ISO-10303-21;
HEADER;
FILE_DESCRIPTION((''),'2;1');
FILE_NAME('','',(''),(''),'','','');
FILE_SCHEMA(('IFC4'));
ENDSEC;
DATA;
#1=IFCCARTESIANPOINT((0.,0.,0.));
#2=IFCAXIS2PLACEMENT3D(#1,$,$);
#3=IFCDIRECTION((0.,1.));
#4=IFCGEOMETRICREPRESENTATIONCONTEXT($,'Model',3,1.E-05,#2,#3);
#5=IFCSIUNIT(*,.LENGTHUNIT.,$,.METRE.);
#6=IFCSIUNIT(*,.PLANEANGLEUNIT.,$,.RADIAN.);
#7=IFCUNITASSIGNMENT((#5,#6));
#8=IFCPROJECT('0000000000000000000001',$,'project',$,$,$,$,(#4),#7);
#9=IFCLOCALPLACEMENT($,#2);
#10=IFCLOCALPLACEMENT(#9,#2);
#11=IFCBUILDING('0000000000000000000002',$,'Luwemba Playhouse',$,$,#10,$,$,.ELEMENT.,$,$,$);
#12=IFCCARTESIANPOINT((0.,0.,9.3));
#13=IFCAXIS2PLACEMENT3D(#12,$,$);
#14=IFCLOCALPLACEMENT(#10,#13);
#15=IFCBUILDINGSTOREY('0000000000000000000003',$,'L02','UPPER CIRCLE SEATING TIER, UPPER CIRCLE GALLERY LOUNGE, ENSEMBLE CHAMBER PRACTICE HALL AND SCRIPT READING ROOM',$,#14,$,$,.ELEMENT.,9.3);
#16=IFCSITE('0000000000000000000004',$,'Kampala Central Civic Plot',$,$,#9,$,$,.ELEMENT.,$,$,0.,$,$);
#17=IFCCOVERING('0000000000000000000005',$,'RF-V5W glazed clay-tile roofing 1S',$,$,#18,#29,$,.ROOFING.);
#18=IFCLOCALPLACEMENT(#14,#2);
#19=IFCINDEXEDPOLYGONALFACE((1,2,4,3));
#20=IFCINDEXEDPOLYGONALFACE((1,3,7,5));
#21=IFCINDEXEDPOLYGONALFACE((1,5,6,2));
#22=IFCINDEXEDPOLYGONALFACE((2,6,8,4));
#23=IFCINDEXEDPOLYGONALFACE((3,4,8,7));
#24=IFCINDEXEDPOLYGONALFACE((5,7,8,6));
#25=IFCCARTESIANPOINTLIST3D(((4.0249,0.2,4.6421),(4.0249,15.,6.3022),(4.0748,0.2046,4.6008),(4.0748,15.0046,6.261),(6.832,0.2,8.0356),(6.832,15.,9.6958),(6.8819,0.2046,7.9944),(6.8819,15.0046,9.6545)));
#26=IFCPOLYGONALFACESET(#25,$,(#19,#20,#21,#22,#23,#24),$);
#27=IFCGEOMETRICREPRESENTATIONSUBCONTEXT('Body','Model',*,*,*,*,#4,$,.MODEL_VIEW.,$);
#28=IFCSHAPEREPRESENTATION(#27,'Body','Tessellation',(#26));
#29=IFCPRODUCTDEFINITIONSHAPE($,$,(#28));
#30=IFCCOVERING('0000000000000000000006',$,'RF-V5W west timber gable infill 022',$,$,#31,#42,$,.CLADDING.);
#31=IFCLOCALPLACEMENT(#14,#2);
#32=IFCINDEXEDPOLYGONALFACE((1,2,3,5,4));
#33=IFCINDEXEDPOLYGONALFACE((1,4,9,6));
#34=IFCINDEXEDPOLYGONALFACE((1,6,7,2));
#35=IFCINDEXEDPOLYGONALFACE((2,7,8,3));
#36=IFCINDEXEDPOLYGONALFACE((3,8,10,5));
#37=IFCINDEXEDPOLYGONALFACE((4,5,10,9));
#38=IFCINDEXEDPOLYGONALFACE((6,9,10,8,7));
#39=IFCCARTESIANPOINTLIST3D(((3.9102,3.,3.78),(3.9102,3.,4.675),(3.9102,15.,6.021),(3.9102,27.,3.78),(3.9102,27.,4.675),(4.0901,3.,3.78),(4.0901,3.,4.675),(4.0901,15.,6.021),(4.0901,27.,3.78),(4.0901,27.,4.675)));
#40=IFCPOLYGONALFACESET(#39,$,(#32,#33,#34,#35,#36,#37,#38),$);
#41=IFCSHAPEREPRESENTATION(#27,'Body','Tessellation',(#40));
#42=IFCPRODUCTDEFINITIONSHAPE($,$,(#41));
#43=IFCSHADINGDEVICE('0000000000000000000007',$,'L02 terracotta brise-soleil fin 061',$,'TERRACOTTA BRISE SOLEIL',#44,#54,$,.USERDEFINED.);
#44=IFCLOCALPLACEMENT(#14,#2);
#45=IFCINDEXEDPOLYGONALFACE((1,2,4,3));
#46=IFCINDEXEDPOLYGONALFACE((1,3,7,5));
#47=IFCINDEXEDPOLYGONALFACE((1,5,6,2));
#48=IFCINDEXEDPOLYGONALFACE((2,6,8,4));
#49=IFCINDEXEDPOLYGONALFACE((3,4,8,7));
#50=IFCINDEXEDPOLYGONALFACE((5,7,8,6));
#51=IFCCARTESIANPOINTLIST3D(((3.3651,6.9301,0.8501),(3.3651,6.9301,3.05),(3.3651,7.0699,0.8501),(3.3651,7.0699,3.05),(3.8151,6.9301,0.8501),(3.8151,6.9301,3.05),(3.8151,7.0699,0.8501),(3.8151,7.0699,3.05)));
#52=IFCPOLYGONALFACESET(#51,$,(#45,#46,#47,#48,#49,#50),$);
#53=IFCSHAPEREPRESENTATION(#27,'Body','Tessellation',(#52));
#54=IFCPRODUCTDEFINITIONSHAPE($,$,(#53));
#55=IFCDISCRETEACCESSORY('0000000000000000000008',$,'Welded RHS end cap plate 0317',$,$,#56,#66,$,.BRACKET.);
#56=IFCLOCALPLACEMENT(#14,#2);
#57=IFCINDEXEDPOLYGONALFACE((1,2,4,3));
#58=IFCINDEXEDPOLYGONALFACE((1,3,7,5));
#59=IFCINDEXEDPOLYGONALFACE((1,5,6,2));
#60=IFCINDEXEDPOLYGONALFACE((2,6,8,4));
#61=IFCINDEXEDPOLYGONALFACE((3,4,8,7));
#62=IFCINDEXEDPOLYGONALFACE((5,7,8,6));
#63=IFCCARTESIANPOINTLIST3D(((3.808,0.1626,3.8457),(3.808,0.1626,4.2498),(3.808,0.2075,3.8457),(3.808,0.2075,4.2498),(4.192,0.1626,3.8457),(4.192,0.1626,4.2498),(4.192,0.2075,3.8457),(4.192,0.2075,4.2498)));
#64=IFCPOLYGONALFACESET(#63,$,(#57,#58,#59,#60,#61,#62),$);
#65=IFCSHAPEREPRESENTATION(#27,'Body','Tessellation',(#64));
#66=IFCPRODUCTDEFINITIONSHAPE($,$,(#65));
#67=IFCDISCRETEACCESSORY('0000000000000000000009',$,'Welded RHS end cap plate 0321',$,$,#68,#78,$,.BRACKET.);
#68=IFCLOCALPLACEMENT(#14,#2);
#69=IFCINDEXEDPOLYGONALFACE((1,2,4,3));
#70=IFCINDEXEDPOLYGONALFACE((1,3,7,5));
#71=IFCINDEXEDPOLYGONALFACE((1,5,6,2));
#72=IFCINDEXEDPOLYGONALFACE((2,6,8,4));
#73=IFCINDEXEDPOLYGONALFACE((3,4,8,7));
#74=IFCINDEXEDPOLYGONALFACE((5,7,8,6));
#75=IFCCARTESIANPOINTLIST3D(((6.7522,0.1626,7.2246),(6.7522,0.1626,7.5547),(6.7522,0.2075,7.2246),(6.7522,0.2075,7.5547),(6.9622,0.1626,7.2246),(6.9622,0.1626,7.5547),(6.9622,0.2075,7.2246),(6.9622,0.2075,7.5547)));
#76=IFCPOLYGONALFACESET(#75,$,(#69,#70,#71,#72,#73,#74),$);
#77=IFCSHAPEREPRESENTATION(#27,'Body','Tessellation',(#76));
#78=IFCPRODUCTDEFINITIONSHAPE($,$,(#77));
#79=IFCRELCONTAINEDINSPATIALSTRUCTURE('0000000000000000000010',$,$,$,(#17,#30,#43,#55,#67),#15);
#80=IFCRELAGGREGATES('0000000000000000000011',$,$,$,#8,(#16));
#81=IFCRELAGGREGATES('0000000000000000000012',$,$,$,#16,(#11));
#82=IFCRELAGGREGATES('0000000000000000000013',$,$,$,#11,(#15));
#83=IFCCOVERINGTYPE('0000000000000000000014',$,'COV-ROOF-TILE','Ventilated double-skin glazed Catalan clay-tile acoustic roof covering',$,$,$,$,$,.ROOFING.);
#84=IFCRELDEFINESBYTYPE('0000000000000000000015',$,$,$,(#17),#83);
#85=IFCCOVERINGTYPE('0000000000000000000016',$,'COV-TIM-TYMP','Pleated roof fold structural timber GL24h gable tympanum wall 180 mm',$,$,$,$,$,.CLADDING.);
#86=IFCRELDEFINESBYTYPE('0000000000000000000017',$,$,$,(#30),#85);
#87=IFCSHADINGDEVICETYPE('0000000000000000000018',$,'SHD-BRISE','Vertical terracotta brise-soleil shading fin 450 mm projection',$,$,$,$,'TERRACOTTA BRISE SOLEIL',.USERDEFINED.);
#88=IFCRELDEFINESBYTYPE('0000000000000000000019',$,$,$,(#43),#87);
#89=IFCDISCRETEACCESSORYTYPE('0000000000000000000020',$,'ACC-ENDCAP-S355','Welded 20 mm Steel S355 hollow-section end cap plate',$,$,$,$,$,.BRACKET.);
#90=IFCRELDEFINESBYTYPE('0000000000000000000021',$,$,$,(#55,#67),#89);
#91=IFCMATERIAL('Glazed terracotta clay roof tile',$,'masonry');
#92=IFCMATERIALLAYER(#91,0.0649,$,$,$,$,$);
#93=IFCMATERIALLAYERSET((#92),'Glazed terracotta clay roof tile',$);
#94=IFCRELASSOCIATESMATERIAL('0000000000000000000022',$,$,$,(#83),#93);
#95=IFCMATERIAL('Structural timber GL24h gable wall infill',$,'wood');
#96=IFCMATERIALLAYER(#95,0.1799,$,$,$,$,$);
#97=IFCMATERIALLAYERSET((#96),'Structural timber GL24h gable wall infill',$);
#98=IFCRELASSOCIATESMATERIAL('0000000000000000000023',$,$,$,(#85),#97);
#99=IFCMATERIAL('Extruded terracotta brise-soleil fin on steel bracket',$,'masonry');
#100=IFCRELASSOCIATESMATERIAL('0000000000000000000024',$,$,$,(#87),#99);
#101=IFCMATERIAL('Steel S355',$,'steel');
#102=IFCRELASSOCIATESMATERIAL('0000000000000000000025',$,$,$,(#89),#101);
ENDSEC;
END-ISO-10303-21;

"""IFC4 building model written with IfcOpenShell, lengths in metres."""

from ifc_helpers import new_model, si_unit, direction, frame, origin, origin_2d, place, context, subcontext, project, spatial, polyline, rectangle, outline, extrude, material, layer, layer_set, type_object, element, save


model = new_model("IFC4")

# Units and contexts
model_context = context("Model", 3, precision=1e-05, world=origin(), true_north=direction((0.0, 1.0)))
body_context = subcontext(model_context, "Body", "Model", "MODEL_VIEW")
ifc_project = project(units=[si_unit("LENGTHUNIT", "METRE"), si_unit("PLANEANGLEUNIT", "RADIAN")], contexts=[model_context])

# Site, building, storey
site_placement = place(None, origin())
site = spatial("IfcSite", under=ifc_project, at=site_placement, Name="Kampala Central Civic Plot", CompositionType="ELEMENT", RefElevation=0.0)
building_placement = place(site_placement, origin())
building = spatial("IfcBuilding", under=site, at=building_placement, Name="Luwemba Playhouse", CompositionType="ELEMENT")
storey_placement = place(building_placement, frame((0.0, 0.0, 9.3)))
storey = spatial("IfcBuildingStorey", under=building, at=storey_placement, Name="L02", Description="UPPER CIRCLE SEATING TIER, UPPER CIRCLE GALLERY LOUNGE, ENSEMBLE CHAMBER PRACTICE HALL AND SCRIPT READING ROOM", CompositionType="ELEMENT", Elevation=9.3)

# Shared definitions
ifc_material_1 = material(Name="Steel S355", Category="steel")

# Coverings
ifc_material_2 = material(Name="Glazed terracotta clay roof tile", Category="masonry")
ifc_layer_1 = layer(ifc_material_2, 0.0649)
ifc_layer_set_1 = layer_set([ifc_layer_1], Name="Glazed terracotta clay roof tile")
covering_type_1 = type_object("IfcCoveringType", Name="COV-ROOF-TILE", Description="Ventilated double-skin glazed Catalan clay-tile acoustic roof covering", PredefinedType="ROOFING", material=ifc_layer_set_1)
covering_1_placement = place(storey_placement, frame((4.0249, 0.2, 4.6421), z_axis=(-0.768581, -0.071315, 0.635766), x_axis=(0.637388, 0.0, 0.770543)))
element("IfcCovering", 1, at=covering_1_placement, inside=storey, type_object=covering_type_1, Name="RF-V5W glazed clay-tile roofing 1S", PredefinedType="ROOFING", context=body_context, shape_type="SweptSolid", body=[
    extrude(outline(polyline([(0.0, 0.0), (4.4041, 0.0), (5.6833, 14.8378), (1.2792, 14.8378), (0.0, 0.0)])), origin(), (0.0, 0.0, -1.0), 0.0649),
])
ifc_material_3 = material(Name="Structural timber GL24h gable wall infill", Category="wood")
ifc_layer_2 = layer(ifc_material_3, 0.1799)
ifc_layer_set_2 = layer_set([ifc_layer_2], Name="Structural timber GL24h gable wall infill")
covering_type_2 = type_object("IfcCoveringType", Name="COV-TIM-TYMP", Description="Pleated roof fold structural timber GL24h gable tympanum wall 180 mm", PredefinedType="CLADDING", material=ifc_layer_set_2)
covering_2_placement = place(storey_placement, frame((4.0, 3.0, 3.78), z_axis=(0.0, 0.0, 1.0), x_axis=(0.0, 1.0, 0.0)))
element("IfcCovering", 2, at=covering_2_placement, inside=storey, type_object=covering_type_2, Name="RF-V5W west timber gable infill 022", PredefinedType="CLADDING", context=body_context, shape_type="SweptSolid", body=[
    extrude(outline(polyline([(0.0, 0.0), (24.0, 0.0), (24.0, 0.895), (12.0, 2.241), (0.0, 0.895), (0.0, 0.0)])), frame((0.0, 0.0898, 0.0), z_axis=(0.0, -1.0, 0.0), x_axis=(1.0, 0.0, 0.0)), (0.0, 0.0, 1.0), 0.1799),
])

# Shading device
ifc_material_4 = material(Name="Extruded terracotta brise-soleil fin on steel bracket", Category="masonry")
shading_device_type = type_object("IfcShadingDeviceType", Name="SHD-BRISE", Description="Vertical terracotta brise-soleil shading fin 450 mm projection", ElementType="TERRACOTTA BRISE SOLEIL", PredefinedType="USERDEFINED", material=ifc_material_4)
shading_device_placement = place(storey_placement, frame((3.5901, 7.0, 0.8501), z_axis=(0.0, 0.0, 1.0), x_axis=(0.0, 1.0, 0.0)))
element("IfcShadingDevice", 3, at=shading_device_placement, inside=storey, type_object=shading_device_type, Name="L02 terracotta brise-soleil fin 061", ObjectType="TERRACOTTA BRISE SOLEIL", PredefinedType="USERDEFINED", context=body_context, shape_type="SweptSolid", body=[
    extrude(rectangle(XDim=0.1399, YDim=0.45, at=origin_2d()), origin(), (0.0, 0.0, 1.0), 2.2),
])

# Discrete accessories
discrete_accessory_type = type_object("IfcDiscreteAccessoryType", Name="ACC-ENDCAP-S355", Description="Welded 20 mm Steel S355 hollow-section end cap plate", PredefinedType="BRACKET", material=ifc_material_1)
discrete_accessory_1_placement = place(storey_placement, frame((4.0, 0.1851, 3.8457), z_axis=(0.0, 0.0, 1.0), x_axis=(1.0, 0.0, 0.0)))
element("IfcDiscreteAccessory", 4, at=discrete_accessory_1_placement, inside=storey, type_object=discrete_accessory_type, Name="Welded RHS end cap plate 0317", PredefinedType="BRACKET", context=body_context, shape_type="SweptSolid", body=[
    extrude(rectangle(XDim=0.384, YDim=0.0449, at=origin_2d()), origin(), (0.0, 0.0, 1.0), 0.4041),
])
discrete_accessory_2_placement = place(storey_placement, frame((6.8572, 0.1851, 7.2246), z_axis=(0.0, 0.0, 1.0), x_axis=(1.0, 0.0, 0.0)))
element("IfcDiscreteAccessory", 5, at=discrete_accessory_2_placement, inside=storey, type_object=discrete_accessory_type, Name="Welded RHS end cap plate 0321", PredefinedType="BRACKET", context=body_context, shape_type="SweptSolid", body=[
    extrude(rectangle(XDim=0.21, YDim=0.0449, at=origin_2d()), origin(), (0.0, 0.0, 1.0), 0.3301),
])

save(model, "model.ifc")
